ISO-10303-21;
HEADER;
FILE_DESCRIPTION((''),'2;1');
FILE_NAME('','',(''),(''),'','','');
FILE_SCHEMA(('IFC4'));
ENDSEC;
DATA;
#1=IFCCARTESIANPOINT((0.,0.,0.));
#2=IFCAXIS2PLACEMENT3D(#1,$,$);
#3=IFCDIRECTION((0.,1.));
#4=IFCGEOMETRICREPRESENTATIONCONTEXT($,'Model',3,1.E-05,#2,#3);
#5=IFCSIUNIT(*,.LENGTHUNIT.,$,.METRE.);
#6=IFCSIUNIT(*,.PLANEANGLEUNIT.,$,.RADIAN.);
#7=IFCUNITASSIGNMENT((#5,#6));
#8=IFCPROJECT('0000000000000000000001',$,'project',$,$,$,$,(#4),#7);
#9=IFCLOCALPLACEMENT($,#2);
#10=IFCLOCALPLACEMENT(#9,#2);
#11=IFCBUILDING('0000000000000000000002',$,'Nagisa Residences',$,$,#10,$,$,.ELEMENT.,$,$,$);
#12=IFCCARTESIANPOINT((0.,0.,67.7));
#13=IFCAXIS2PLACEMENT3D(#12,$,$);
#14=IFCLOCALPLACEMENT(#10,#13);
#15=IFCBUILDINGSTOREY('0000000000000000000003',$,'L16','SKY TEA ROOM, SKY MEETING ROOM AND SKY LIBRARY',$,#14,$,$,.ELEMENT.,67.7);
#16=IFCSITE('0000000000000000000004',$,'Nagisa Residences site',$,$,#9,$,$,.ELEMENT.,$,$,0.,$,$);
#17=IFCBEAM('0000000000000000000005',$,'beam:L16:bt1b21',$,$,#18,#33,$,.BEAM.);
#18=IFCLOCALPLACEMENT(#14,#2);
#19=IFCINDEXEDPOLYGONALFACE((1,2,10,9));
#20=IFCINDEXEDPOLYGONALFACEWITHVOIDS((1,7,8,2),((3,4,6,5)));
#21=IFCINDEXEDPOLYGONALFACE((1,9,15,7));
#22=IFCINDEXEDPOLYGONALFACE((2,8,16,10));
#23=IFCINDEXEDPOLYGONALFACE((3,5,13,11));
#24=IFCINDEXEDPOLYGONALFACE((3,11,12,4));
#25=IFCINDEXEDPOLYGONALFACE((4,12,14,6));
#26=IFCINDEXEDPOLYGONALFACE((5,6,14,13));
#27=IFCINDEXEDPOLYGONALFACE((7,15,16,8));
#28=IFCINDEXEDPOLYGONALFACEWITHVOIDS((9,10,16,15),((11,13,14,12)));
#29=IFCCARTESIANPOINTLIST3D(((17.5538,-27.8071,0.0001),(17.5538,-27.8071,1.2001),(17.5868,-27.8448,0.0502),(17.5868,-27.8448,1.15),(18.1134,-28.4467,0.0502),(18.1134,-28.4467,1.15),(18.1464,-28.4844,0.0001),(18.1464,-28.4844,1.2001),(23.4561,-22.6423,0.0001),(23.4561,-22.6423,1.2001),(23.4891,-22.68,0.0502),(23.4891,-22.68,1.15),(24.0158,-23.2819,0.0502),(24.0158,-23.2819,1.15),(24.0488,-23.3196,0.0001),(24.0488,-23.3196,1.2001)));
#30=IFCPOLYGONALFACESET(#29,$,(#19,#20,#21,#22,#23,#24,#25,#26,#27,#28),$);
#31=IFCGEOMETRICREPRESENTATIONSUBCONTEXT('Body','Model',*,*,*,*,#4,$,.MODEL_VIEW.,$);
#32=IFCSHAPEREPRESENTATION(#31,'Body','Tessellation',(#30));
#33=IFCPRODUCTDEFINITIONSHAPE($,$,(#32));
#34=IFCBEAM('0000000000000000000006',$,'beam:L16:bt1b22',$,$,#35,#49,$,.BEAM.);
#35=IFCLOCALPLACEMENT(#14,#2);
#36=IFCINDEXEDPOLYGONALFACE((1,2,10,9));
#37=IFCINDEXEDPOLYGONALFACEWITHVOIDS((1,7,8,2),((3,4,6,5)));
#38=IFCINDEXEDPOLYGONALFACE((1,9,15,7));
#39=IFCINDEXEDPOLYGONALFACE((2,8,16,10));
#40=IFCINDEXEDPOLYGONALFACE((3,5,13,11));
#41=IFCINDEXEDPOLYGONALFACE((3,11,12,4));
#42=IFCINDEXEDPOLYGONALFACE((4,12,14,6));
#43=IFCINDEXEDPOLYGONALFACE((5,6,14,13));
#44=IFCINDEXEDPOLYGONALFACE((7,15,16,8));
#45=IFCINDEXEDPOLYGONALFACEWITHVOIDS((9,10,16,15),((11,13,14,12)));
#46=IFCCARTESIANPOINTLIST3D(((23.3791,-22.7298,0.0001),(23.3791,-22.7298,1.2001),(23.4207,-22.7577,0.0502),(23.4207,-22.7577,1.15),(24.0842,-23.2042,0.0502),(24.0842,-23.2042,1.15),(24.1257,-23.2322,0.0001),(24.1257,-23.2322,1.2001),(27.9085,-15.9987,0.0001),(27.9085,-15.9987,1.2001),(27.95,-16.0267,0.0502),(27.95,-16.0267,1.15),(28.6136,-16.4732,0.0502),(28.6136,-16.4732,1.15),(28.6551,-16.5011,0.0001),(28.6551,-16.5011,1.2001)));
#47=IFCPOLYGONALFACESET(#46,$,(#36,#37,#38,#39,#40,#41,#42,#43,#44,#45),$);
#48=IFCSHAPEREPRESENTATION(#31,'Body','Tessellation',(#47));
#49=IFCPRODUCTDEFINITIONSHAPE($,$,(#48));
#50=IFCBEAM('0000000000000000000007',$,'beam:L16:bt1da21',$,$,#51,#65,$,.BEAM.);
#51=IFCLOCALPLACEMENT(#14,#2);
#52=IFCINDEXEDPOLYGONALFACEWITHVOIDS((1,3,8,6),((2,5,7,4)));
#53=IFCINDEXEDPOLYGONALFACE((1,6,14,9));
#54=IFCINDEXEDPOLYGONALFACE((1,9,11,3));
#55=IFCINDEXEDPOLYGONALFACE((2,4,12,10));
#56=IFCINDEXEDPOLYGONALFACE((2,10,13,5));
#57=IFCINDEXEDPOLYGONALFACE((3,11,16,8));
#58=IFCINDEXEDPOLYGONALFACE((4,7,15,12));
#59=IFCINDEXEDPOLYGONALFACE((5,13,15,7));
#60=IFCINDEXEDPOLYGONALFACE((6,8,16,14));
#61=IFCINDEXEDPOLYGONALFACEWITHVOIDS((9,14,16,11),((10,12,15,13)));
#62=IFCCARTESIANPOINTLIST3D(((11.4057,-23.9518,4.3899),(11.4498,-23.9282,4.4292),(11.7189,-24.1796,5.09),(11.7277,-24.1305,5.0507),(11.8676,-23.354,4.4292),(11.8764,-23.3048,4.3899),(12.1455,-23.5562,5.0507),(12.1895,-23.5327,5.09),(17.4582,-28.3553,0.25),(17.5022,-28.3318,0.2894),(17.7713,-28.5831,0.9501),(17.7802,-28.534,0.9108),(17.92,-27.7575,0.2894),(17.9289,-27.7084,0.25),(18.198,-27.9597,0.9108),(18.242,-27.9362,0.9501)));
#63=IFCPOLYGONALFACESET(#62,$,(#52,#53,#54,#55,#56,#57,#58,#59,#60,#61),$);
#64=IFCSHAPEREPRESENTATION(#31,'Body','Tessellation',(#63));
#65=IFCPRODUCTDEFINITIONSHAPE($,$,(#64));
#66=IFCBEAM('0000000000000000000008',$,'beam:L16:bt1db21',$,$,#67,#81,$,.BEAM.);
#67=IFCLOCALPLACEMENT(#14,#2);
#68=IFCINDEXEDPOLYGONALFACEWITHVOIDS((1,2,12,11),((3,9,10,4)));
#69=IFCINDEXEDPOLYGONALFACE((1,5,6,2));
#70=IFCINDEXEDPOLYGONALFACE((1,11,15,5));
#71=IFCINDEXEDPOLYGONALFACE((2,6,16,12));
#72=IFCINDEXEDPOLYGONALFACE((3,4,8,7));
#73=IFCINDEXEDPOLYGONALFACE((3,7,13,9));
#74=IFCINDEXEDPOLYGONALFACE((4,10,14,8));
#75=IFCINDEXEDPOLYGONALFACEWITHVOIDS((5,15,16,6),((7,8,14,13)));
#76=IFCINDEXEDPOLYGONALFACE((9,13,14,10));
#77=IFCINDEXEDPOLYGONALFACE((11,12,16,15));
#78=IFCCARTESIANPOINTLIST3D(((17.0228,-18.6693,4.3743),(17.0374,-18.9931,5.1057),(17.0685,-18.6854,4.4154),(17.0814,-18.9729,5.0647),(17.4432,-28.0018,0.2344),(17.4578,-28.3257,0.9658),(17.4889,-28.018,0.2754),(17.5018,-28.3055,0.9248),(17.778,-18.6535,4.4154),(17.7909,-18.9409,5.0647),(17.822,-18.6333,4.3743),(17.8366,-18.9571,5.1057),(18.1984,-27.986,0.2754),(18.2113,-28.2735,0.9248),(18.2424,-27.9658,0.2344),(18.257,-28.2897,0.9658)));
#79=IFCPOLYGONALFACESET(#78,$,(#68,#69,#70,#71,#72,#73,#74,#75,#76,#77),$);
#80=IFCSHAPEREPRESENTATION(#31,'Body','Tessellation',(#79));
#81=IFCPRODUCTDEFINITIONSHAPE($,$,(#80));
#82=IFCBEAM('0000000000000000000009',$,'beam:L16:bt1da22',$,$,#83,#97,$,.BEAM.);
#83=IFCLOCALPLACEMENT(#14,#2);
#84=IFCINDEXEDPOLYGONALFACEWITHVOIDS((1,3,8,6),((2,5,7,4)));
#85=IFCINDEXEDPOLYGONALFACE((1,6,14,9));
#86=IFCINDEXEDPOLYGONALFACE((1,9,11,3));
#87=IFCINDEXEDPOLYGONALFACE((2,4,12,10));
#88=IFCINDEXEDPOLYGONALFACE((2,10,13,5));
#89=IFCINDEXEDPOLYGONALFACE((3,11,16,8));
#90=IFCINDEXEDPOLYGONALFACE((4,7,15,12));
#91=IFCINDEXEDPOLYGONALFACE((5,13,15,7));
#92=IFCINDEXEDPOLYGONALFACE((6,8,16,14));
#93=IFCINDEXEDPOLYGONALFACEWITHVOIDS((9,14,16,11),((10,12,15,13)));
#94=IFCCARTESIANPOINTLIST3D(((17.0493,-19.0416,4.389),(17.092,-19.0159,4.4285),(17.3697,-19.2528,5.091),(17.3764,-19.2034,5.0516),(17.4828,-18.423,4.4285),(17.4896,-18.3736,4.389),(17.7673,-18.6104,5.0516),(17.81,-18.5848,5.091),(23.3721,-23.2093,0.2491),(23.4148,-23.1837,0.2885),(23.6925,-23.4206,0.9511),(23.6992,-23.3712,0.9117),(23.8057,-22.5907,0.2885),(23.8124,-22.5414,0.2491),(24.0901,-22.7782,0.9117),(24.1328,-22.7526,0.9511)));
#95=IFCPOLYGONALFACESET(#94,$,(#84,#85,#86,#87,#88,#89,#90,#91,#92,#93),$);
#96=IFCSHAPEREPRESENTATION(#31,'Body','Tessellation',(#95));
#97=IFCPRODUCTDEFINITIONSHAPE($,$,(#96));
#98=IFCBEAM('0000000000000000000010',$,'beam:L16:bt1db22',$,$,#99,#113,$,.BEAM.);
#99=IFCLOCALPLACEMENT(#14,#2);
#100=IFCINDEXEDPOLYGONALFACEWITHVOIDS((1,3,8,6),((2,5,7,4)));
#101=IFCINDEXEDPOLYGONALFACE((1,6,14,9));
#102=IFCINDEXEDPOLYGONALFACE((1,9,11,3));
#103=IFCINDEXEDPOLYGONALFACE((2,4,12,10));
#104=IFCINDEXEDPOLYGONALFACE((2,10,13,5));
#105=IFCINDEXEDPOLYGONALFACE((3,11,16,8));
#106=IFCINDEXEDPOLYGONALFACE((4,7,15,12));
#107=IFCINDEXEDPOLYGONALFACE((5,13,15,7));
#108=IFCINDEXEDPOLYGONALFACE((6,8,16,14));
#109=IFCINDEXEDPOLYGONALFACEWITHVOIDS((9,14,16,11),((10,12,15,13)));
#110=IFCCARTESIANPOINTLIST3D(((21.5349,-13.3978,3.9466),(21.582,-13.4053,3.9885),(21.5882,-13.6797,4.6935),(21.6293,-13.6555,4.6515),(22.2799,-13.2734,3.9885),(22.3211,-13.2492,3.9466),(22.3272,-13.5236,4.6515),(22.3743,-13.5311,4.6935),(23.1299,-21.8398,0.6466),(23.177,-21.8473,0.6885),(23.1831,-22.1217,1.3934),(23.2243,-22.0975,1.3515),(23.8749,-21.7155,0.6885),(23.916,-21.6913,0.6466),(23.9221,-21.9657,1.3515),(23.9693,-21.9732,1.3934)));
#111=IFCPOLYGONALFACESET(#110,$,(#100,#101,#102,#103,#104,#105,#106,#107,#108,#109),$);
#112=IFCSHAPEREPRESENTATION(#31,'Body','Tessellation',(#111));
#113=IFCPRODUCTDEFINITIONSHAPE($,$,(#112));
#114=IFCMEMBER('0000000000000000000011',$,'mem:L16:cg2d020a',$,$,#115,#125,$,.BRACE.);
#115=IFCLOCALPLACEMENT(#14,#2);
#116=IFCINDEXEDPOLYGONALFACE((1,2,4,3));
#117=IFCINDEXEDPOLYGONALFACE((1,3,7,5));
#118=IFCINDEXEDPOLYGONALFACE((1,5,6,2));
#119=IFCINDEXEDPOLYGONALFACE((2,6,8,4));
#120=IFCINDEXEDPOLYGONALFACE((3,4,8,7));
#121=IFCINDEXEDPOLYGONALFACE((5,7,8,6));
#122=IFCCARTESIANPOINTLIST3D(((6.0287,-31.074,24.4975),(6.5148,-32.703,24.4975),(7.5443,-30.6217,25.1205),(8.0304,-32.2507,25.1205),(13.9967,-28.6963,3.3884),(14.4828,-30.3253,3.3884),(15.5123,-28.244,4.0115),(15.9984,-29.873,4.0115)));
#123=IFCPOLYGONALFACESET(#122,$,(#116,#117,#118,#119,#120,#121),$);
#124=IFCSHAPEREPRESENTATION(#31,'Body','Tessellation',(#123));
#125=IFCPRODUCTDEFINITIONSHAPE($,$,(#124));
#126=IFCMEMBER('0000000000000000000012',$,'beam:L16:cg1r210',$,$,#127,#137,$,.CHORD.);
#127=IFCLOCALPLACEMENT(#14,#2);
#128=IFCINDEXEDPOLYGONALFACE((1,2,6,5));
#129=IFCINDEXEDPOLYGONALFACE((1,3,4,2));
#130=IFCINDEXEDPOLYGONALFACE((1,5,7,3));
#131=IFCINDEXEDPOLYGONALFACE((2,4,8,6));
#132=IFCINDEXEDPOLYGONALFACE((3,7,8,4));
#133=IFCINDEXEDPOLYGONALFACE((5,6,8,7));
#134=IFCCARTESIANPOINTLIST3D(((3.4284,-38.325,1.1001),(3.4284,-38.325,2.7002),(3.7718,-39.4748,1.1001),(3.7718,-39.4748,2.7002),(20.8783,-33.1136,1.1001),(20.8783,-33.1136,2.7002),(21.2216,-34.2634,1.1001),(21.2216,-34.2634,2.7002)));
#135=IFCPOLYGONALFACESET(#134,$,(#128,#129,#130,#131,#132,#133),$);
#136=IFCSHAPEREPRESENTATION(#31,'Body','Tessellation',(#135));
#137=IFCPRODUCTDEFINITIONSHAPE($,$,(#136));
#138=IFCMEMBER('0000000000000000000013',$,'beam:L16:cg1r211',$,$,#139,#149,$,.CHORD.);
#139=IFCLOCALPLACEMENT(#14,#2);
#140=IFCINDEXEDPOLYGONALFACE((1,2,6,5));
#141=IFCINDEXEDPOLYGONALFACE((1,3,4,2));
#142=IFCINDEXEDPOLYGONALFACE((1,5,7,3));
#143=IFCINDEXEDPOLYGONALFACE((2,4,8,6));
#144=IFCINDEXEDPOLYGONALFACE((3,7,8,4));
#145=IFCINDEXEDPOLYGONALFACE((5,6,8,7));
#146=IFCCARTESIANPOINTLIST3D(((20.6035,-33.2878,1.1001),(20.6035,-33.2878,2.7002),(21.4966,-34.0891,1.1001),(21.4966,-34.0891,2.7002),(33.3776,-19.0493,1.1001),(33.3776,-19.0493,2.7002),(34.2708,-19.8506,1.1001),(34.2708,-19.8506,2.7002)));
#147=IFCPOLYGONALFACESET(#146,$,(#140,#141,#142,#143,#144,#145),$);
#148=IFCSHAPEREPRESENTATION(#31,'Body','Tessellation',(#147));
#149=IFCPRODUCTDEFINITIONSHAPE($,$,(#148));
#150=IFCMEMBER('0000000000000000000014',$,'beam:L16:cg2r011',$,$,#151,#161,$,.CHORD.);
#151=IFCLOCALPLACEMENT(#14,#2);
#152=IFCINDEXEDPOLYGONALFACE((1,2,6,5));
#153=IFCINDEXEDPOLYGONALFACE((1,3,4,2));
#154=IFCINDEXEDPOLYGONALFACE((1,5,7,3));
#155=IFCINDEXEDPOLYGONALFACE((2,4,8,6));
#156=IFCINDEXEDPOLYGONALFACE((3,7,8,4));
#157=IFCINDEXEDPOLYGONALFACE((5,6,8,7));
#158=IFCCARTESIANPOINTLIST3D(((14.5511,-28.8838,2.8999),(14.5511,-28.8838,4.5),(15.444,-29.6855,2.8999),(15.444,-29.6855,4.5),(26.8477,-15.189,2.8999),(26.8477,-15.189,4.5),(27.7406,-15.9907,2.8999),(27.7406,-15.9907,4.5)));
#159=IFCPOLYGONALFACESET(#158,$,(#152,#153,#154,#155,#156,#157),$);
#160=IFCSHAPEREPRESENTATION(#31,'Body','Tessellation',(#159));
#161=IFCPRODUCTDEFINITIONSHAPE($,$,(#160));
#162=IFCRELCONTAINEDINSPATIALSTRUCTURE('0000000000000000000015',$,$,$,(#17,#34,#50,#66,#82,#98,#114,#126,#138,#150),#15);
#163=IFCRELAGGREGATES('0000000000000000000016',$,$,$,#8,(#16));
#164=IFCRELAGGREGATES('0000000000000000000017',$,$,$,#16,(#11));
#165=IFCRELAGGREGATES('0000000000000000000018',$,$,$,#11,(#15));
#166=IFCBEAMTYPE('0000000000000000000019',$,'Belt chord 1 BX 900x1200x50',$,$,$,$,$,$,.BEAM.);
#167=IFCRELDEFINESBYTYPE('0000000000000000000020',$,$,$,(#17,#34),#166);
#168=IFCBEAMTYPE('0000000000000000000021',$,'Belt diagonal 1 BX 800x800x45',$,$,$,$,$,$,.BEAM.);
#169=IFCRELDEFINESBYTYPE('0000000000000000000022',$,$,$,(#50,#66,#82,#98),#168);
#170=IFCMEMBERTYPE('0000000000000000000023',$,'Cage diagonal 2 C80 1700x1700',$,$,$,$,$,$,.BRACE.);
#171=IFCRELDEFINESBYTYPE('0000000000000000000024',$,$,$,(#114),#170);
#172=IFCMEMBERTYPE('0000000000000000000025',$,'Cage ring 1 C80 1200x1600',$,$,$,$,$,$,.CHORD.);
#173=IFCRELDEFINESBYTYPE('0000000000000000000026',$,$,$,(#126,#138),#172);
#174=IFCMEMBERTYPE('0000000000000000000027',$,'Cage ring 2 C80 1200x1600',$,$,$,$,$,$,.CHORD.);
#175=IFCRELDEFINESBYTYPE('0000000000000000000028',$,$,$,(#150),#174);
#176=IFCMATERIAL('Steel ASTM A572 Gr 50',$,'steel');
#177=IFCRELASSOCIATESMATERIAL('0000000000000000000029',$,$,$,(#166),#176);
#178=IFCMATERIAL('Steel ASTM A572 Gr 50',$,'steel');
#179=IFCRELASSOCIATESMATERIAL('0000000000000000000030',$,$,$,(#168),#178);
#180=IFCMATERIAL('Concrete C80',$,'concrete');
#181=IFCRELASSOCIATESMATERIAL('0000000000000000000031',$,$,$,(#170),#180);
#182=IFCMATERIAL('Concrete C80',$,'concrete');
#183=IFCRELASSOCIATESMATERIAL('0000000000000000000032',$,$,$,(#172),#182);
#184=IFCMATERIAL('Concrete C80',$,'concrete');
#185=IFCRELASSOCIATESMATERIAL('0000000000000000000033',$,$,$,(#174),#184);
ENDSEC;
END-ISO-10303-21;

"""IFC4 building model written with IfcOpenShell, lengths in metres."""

from ifc_helpers import new_model, si_unit, direction, frame, origin, origin_2d, place, context, subcontext, project, spatial, rectangle, hollow_rectangle, extrude, material, material_profile, profile_set, type_object, element, save


model = new_model("IFC4")

# Units and contexts
model_context = context("Model", 3, precision=1e-05, world=origin(), true_north=direction((0.0, 1.0)))
body_context = subcontext(model_context, "Body", "Model", "MODEL_VIEW")
ifc_project = project(units=[si_unit("LENGTHUNIT", "METRE"), si_unit("PLANEANGLEUNIT", "RADIAN")], contexts=[model_context])

# Site, building, storey
site_placement = place(None, origin())
site = spatial("IfcSite", under=ifc_project, at=site_placement, Name="Nagisa Residences site", CompositionType="ELEMENT", RefElevation=0.0)
building_placement = place(site_placement, origin())
building = spatial("IfcBuilding", under=site, at=building_placement, Name="Nagisa Residences", CompositionType="ELEMENT")
storey_placement = place(building_placement, frame((0.0, 0.0, 67.7)))
storey = spatial("IfcBuildingStorey", under=building, at=storey_placement, Name="L16", Description="SKY TEA ROOM, SKY MEETING ROOM AND SKY LIBRARY", CompositionType="ELEMENT", Elevation=67.7)

# Beams
ifc_material_1 = material(Name="Steel ASTM A572 Gr 50", Category="steel")
ifc_material_profile_1 = material_profile(ifc_material_1, hollow_rectangle(XDim=0.8999, YDim=1.2, WallThickness=0.05, at=origin_2d()), Name="BX 900x1200x50")
ifc_profile_set_1 = profile_set([ifc_material_profile_1], Name="Steel ASTM A572 Gr 50")
beam_type_1 = type_object("IfcBeamType", Name="Belt chord 1 BX 900x1200x50", PredefinedType="BEAM", material=ifc_profile_set_1)
beam_1_placement = place(storey_placement, frame((17.8501, -28.1458, 0.6001), z_axis=(0.752561, 0.658522, 0.0), x_axis=(-0.658522, 0.752561, 0.0)))
element("IfcBeam", 1, at=beam_1_placement, inside=storey, type_object=beam_type_1, Name="beam:L16:bt1b21", PredefinedType="BEAM", context=body_context, shape_type="SweptSolid", body=[
    extrude(hollow_rectangle(XDim=0.8999, YDim=1.2, WallThickness=0.05, at=origin_2d()), origin(), (0.0, 0.0, 1.0), 7.843),
])
beam_2_placement = place(storey_placement, frame((23.7524, -22.981, 0.6001), z_axis=(0.558278, 0.829654, 0.0), x_axis=(-0.829654, 0.558278, 0.0)))
element("IfcBeam", 2, at=beam_2_placement, inside=storey, type_object=beam_type_1, Name="beam:L16:bt1b22", PredefinedType="BEAM", context=body_context, shape_type="SweptSolid", body=[
    extrude(hollow_rectangle(XDim=0.8999, YDim=1.2, WallThickness=0.05, at=origin_2d()), origin(), (0.0, 0.0, 1.0), 8.113),
])
ifc_material_2 = material(Name="Steel ASTM A572 Gr 50", Category="steel")
ifc_material_profile_2 = material_profile(ifc_material_2, hollow_rectangle(XDim=0.8, YDim=0.8, WallThickness=0.0449, at=origin_2d()), Name="BX 800x800x45")
ifc_profile_set_2 = profile_set([ifc_material_profile_2], Name="Steel ASTM A572 Gr 50")
beam_type_2 = type_object("IfcBeamType", Name="Belt diagonal 1 BX 800x800x45", PredefinedType="BEAM", material=ifc_profile_set_2)
beam_3_placement = place(storey_placement, frame((17.8501, -28.1458, 0.6001), z_axis=(-0.707602, 0.514825, 0.483999), x_axis=(-0.588325, -0.808625, 0.0)))
element("IfcBeam", 3, at=beam_3_placement, inside=storey, type_object=beam_type_2, Name="beam:L16:bt1da21", PredefinedType="BEAM", context=body_context, shape_type="SweptSolid", body=[
    extrude(hollow_rectangle(XDim=0.8, YDim=0.8, WallThickness=0.0449, at=origin_2d()), origin(), (0.0, 0.0, 1.0), 8.5535),
])
beam_4_placement = place(storey_placement, frame((17.8501, -28.1458, 0.6001), z_axis=(-0.041143, 0.913324, 0.405149), x_axis=(-0.998987, -0.045002, 0.0)))
element("IfcBeam", 4, at=beam_4_placement, inside=storey, type_object=beam_type_2, Name="beam:L16:bt1db21", PredefinedType="BEAM", context=body_context, shape_type="SweptSolid", body=[
    extrude(hollow_rectangle(XDim=0.8, YDim=0.8, WallThickness=0.0449, at=origin_2d()), origin(), (0.0, 0.0, 1.0), 10.2183),
])
beam_5_placement = place(storey_placement, frame((23.7524, -22.981, 0.6001), z_axis=(-0.732604, 0.482905, 0.479681), x_axis=(-0.550355, -0.834931, 0.0)))
element("IfcBeam", 5, at=beam_5_placement, inside=storey, type_object=beam_type_2, Name="beam:L16:bt1da22", PredefinedType="BEAM", context=body_context, shape_type="SweptSolid", body=[
    extrude(hollow_rectangle(XDim=0.8, YDim=0.8, WallThickness=0.0449, at=origin_2d()), origin(), (0.0, 0.0, 1.0), 8.6306),
])
beam_6_placement = place(storey_placement, frame((23.5496, -21.9065, 1.02), z_axis=(-0.173301, 0.917277, 0.358566), x_axis=(-0.982617, -0.185645, 0.0)))
element("IfcBeam", 6, at=beam_6_placement, inside=storey, type_object=beam_type_2, Name="beam:L16:bt1db22", PredefinedType="BEAM", context=body_context, shape_type="SweptSolid", body=[
    extrude(hollow_rectangle(XDim=0.8, YDim=0.8, WallThickness=0.0449, at=origin_2d()), origin(), (0.0, 0.0, 1.0), 9.2034),
])

# Members
ifc_material_3 = material(Name="Concrete C80", Category="concrete")
ifc_material_profile_3 = material_profile(ifc_material_3, rectangle(XDim=1.7, YDim=1.7, at=origin_2d()), Name="C80 1700x1700")
ifc_profile_set_3 = profile_set([ifc_material_profile_3], Name="Concrete C80")
member_type_1 = type_object("IfcMemberType", Name="Cage diagonal 2 C80 1700x1700", PredefinedType="BRACE", material=ifc_profile_set_3)
member_1_placement = place(storey_placement, frame((14.9976, -29.2847, 3.7), z_axis=(-0.351202, -0.1048, 0.930416), x_axis=(0.285944, -0.958246, 0.0)))
element("IfcMember", 7, at=member_1_placement, inside=storey, type_object=member_type_1, Name="mem:L16:cg2d020a", PredefinedType="BRACE", context=body_context, shape_type="SweptSolid", body=[
    extrude(rectangle(XDim=1.7, YDim=1.7, at=origin_2d()), origin(), (0.0, 0.0, 1.0), 22.6877),
])
ifc_material_4 = material(Name="Concrete C80", Category="concrete")
ifc_material_profile_4 = material_profile(ifc_material_4, rectangle(XDim=1.2, YDim=1.6001, at=origin_2d()), Name="C80 1200x1600")
ifc_profile_set_4 = profile_set([ifc_material_profile_4], Name="Concrete C80")
member_type_2 = type_object("IfcMemberType", Name="Cage ring 1 C80 1200x1600", PredefinedType="CHORD", material=ifc_profile_set_4)
member_2_placement = place(storey_placement, frame((3.6001, -38.8999, 1.9001), z_axis=(0.958182, 0.286161, 0.0), x_axis=(-0.286161, 0.958182, 0.0)))
element("IfcMember", 8, at=member_2_placement, inside=storey, type_object=member_type_2, Name="beam:L16:cg1r210", PredefinedType="CHORD", context=body_context, shape_type="SweptSolid", body=[
    extrude(rectangle(XDim=1.2, YDim=1.6001, at=origin_2d()), origin(), (0.0, 0.0, 1.0), 18.2114),
])
member_3_placement = place(storey_placement, frame((21.05, -33.6885, 1.9001), z_axis=(0.667794, 0.744346, 0.0), x_axis=(-0.744346, 0.667794, 0.0)))
element("IfcMember", 9, at=member_3_placement, inside=storey, type_object=member_type_2, Name="beam:L16:cg1r211", PredefinedType="CHORD", context=body_context, shape_type="SweptSolid", body=[
    extrude(rectangle(XDim=1.2, YDim=1.6001, at=origin_2d()), origin(), (0.0, 0.0, 1.0), 19.1289),
])
ifc_material_5 = material(Name="Concrete C80", Category="concrete")
ifc_material_profile_5 = material_profile(ifc_material_5, rectangle(XDim=1.2, YDim=1.6001, at=origin_2d()), Name="C80 1200x1600")
ifc_profile_set_5 = profile_set([ifc_material_profile_5], Name="Concrete C80")
member_type_3 = type_object("IfcMemberType", Name="Cage ring 2 C80 1200x1600", PredefinedType="CHORD", material=ifc_profile_set_5)
member_4_placement = place(storey_placement, frame((14.9976, -29.2847, 3.7), z_axis=(0.668102, 0.744069, 0.0), x_axis=(-0.744069, 0.668102, 0.0)))
element("IfcMember", 10, at=member_4_placement, inside=storey, type_object=member_type_3, Name="beam:L16:cg2r011", PredefinedType="CHORD", context=body_context, shape_type="SweptSolid", body=[
    extrude(rectangle(XDim=1.2, YDim=1.6001, at=origin_2d()), origin(), (0.0, 0.0, 1.0), 18.4053),
])

save(model, "model.ifc")
